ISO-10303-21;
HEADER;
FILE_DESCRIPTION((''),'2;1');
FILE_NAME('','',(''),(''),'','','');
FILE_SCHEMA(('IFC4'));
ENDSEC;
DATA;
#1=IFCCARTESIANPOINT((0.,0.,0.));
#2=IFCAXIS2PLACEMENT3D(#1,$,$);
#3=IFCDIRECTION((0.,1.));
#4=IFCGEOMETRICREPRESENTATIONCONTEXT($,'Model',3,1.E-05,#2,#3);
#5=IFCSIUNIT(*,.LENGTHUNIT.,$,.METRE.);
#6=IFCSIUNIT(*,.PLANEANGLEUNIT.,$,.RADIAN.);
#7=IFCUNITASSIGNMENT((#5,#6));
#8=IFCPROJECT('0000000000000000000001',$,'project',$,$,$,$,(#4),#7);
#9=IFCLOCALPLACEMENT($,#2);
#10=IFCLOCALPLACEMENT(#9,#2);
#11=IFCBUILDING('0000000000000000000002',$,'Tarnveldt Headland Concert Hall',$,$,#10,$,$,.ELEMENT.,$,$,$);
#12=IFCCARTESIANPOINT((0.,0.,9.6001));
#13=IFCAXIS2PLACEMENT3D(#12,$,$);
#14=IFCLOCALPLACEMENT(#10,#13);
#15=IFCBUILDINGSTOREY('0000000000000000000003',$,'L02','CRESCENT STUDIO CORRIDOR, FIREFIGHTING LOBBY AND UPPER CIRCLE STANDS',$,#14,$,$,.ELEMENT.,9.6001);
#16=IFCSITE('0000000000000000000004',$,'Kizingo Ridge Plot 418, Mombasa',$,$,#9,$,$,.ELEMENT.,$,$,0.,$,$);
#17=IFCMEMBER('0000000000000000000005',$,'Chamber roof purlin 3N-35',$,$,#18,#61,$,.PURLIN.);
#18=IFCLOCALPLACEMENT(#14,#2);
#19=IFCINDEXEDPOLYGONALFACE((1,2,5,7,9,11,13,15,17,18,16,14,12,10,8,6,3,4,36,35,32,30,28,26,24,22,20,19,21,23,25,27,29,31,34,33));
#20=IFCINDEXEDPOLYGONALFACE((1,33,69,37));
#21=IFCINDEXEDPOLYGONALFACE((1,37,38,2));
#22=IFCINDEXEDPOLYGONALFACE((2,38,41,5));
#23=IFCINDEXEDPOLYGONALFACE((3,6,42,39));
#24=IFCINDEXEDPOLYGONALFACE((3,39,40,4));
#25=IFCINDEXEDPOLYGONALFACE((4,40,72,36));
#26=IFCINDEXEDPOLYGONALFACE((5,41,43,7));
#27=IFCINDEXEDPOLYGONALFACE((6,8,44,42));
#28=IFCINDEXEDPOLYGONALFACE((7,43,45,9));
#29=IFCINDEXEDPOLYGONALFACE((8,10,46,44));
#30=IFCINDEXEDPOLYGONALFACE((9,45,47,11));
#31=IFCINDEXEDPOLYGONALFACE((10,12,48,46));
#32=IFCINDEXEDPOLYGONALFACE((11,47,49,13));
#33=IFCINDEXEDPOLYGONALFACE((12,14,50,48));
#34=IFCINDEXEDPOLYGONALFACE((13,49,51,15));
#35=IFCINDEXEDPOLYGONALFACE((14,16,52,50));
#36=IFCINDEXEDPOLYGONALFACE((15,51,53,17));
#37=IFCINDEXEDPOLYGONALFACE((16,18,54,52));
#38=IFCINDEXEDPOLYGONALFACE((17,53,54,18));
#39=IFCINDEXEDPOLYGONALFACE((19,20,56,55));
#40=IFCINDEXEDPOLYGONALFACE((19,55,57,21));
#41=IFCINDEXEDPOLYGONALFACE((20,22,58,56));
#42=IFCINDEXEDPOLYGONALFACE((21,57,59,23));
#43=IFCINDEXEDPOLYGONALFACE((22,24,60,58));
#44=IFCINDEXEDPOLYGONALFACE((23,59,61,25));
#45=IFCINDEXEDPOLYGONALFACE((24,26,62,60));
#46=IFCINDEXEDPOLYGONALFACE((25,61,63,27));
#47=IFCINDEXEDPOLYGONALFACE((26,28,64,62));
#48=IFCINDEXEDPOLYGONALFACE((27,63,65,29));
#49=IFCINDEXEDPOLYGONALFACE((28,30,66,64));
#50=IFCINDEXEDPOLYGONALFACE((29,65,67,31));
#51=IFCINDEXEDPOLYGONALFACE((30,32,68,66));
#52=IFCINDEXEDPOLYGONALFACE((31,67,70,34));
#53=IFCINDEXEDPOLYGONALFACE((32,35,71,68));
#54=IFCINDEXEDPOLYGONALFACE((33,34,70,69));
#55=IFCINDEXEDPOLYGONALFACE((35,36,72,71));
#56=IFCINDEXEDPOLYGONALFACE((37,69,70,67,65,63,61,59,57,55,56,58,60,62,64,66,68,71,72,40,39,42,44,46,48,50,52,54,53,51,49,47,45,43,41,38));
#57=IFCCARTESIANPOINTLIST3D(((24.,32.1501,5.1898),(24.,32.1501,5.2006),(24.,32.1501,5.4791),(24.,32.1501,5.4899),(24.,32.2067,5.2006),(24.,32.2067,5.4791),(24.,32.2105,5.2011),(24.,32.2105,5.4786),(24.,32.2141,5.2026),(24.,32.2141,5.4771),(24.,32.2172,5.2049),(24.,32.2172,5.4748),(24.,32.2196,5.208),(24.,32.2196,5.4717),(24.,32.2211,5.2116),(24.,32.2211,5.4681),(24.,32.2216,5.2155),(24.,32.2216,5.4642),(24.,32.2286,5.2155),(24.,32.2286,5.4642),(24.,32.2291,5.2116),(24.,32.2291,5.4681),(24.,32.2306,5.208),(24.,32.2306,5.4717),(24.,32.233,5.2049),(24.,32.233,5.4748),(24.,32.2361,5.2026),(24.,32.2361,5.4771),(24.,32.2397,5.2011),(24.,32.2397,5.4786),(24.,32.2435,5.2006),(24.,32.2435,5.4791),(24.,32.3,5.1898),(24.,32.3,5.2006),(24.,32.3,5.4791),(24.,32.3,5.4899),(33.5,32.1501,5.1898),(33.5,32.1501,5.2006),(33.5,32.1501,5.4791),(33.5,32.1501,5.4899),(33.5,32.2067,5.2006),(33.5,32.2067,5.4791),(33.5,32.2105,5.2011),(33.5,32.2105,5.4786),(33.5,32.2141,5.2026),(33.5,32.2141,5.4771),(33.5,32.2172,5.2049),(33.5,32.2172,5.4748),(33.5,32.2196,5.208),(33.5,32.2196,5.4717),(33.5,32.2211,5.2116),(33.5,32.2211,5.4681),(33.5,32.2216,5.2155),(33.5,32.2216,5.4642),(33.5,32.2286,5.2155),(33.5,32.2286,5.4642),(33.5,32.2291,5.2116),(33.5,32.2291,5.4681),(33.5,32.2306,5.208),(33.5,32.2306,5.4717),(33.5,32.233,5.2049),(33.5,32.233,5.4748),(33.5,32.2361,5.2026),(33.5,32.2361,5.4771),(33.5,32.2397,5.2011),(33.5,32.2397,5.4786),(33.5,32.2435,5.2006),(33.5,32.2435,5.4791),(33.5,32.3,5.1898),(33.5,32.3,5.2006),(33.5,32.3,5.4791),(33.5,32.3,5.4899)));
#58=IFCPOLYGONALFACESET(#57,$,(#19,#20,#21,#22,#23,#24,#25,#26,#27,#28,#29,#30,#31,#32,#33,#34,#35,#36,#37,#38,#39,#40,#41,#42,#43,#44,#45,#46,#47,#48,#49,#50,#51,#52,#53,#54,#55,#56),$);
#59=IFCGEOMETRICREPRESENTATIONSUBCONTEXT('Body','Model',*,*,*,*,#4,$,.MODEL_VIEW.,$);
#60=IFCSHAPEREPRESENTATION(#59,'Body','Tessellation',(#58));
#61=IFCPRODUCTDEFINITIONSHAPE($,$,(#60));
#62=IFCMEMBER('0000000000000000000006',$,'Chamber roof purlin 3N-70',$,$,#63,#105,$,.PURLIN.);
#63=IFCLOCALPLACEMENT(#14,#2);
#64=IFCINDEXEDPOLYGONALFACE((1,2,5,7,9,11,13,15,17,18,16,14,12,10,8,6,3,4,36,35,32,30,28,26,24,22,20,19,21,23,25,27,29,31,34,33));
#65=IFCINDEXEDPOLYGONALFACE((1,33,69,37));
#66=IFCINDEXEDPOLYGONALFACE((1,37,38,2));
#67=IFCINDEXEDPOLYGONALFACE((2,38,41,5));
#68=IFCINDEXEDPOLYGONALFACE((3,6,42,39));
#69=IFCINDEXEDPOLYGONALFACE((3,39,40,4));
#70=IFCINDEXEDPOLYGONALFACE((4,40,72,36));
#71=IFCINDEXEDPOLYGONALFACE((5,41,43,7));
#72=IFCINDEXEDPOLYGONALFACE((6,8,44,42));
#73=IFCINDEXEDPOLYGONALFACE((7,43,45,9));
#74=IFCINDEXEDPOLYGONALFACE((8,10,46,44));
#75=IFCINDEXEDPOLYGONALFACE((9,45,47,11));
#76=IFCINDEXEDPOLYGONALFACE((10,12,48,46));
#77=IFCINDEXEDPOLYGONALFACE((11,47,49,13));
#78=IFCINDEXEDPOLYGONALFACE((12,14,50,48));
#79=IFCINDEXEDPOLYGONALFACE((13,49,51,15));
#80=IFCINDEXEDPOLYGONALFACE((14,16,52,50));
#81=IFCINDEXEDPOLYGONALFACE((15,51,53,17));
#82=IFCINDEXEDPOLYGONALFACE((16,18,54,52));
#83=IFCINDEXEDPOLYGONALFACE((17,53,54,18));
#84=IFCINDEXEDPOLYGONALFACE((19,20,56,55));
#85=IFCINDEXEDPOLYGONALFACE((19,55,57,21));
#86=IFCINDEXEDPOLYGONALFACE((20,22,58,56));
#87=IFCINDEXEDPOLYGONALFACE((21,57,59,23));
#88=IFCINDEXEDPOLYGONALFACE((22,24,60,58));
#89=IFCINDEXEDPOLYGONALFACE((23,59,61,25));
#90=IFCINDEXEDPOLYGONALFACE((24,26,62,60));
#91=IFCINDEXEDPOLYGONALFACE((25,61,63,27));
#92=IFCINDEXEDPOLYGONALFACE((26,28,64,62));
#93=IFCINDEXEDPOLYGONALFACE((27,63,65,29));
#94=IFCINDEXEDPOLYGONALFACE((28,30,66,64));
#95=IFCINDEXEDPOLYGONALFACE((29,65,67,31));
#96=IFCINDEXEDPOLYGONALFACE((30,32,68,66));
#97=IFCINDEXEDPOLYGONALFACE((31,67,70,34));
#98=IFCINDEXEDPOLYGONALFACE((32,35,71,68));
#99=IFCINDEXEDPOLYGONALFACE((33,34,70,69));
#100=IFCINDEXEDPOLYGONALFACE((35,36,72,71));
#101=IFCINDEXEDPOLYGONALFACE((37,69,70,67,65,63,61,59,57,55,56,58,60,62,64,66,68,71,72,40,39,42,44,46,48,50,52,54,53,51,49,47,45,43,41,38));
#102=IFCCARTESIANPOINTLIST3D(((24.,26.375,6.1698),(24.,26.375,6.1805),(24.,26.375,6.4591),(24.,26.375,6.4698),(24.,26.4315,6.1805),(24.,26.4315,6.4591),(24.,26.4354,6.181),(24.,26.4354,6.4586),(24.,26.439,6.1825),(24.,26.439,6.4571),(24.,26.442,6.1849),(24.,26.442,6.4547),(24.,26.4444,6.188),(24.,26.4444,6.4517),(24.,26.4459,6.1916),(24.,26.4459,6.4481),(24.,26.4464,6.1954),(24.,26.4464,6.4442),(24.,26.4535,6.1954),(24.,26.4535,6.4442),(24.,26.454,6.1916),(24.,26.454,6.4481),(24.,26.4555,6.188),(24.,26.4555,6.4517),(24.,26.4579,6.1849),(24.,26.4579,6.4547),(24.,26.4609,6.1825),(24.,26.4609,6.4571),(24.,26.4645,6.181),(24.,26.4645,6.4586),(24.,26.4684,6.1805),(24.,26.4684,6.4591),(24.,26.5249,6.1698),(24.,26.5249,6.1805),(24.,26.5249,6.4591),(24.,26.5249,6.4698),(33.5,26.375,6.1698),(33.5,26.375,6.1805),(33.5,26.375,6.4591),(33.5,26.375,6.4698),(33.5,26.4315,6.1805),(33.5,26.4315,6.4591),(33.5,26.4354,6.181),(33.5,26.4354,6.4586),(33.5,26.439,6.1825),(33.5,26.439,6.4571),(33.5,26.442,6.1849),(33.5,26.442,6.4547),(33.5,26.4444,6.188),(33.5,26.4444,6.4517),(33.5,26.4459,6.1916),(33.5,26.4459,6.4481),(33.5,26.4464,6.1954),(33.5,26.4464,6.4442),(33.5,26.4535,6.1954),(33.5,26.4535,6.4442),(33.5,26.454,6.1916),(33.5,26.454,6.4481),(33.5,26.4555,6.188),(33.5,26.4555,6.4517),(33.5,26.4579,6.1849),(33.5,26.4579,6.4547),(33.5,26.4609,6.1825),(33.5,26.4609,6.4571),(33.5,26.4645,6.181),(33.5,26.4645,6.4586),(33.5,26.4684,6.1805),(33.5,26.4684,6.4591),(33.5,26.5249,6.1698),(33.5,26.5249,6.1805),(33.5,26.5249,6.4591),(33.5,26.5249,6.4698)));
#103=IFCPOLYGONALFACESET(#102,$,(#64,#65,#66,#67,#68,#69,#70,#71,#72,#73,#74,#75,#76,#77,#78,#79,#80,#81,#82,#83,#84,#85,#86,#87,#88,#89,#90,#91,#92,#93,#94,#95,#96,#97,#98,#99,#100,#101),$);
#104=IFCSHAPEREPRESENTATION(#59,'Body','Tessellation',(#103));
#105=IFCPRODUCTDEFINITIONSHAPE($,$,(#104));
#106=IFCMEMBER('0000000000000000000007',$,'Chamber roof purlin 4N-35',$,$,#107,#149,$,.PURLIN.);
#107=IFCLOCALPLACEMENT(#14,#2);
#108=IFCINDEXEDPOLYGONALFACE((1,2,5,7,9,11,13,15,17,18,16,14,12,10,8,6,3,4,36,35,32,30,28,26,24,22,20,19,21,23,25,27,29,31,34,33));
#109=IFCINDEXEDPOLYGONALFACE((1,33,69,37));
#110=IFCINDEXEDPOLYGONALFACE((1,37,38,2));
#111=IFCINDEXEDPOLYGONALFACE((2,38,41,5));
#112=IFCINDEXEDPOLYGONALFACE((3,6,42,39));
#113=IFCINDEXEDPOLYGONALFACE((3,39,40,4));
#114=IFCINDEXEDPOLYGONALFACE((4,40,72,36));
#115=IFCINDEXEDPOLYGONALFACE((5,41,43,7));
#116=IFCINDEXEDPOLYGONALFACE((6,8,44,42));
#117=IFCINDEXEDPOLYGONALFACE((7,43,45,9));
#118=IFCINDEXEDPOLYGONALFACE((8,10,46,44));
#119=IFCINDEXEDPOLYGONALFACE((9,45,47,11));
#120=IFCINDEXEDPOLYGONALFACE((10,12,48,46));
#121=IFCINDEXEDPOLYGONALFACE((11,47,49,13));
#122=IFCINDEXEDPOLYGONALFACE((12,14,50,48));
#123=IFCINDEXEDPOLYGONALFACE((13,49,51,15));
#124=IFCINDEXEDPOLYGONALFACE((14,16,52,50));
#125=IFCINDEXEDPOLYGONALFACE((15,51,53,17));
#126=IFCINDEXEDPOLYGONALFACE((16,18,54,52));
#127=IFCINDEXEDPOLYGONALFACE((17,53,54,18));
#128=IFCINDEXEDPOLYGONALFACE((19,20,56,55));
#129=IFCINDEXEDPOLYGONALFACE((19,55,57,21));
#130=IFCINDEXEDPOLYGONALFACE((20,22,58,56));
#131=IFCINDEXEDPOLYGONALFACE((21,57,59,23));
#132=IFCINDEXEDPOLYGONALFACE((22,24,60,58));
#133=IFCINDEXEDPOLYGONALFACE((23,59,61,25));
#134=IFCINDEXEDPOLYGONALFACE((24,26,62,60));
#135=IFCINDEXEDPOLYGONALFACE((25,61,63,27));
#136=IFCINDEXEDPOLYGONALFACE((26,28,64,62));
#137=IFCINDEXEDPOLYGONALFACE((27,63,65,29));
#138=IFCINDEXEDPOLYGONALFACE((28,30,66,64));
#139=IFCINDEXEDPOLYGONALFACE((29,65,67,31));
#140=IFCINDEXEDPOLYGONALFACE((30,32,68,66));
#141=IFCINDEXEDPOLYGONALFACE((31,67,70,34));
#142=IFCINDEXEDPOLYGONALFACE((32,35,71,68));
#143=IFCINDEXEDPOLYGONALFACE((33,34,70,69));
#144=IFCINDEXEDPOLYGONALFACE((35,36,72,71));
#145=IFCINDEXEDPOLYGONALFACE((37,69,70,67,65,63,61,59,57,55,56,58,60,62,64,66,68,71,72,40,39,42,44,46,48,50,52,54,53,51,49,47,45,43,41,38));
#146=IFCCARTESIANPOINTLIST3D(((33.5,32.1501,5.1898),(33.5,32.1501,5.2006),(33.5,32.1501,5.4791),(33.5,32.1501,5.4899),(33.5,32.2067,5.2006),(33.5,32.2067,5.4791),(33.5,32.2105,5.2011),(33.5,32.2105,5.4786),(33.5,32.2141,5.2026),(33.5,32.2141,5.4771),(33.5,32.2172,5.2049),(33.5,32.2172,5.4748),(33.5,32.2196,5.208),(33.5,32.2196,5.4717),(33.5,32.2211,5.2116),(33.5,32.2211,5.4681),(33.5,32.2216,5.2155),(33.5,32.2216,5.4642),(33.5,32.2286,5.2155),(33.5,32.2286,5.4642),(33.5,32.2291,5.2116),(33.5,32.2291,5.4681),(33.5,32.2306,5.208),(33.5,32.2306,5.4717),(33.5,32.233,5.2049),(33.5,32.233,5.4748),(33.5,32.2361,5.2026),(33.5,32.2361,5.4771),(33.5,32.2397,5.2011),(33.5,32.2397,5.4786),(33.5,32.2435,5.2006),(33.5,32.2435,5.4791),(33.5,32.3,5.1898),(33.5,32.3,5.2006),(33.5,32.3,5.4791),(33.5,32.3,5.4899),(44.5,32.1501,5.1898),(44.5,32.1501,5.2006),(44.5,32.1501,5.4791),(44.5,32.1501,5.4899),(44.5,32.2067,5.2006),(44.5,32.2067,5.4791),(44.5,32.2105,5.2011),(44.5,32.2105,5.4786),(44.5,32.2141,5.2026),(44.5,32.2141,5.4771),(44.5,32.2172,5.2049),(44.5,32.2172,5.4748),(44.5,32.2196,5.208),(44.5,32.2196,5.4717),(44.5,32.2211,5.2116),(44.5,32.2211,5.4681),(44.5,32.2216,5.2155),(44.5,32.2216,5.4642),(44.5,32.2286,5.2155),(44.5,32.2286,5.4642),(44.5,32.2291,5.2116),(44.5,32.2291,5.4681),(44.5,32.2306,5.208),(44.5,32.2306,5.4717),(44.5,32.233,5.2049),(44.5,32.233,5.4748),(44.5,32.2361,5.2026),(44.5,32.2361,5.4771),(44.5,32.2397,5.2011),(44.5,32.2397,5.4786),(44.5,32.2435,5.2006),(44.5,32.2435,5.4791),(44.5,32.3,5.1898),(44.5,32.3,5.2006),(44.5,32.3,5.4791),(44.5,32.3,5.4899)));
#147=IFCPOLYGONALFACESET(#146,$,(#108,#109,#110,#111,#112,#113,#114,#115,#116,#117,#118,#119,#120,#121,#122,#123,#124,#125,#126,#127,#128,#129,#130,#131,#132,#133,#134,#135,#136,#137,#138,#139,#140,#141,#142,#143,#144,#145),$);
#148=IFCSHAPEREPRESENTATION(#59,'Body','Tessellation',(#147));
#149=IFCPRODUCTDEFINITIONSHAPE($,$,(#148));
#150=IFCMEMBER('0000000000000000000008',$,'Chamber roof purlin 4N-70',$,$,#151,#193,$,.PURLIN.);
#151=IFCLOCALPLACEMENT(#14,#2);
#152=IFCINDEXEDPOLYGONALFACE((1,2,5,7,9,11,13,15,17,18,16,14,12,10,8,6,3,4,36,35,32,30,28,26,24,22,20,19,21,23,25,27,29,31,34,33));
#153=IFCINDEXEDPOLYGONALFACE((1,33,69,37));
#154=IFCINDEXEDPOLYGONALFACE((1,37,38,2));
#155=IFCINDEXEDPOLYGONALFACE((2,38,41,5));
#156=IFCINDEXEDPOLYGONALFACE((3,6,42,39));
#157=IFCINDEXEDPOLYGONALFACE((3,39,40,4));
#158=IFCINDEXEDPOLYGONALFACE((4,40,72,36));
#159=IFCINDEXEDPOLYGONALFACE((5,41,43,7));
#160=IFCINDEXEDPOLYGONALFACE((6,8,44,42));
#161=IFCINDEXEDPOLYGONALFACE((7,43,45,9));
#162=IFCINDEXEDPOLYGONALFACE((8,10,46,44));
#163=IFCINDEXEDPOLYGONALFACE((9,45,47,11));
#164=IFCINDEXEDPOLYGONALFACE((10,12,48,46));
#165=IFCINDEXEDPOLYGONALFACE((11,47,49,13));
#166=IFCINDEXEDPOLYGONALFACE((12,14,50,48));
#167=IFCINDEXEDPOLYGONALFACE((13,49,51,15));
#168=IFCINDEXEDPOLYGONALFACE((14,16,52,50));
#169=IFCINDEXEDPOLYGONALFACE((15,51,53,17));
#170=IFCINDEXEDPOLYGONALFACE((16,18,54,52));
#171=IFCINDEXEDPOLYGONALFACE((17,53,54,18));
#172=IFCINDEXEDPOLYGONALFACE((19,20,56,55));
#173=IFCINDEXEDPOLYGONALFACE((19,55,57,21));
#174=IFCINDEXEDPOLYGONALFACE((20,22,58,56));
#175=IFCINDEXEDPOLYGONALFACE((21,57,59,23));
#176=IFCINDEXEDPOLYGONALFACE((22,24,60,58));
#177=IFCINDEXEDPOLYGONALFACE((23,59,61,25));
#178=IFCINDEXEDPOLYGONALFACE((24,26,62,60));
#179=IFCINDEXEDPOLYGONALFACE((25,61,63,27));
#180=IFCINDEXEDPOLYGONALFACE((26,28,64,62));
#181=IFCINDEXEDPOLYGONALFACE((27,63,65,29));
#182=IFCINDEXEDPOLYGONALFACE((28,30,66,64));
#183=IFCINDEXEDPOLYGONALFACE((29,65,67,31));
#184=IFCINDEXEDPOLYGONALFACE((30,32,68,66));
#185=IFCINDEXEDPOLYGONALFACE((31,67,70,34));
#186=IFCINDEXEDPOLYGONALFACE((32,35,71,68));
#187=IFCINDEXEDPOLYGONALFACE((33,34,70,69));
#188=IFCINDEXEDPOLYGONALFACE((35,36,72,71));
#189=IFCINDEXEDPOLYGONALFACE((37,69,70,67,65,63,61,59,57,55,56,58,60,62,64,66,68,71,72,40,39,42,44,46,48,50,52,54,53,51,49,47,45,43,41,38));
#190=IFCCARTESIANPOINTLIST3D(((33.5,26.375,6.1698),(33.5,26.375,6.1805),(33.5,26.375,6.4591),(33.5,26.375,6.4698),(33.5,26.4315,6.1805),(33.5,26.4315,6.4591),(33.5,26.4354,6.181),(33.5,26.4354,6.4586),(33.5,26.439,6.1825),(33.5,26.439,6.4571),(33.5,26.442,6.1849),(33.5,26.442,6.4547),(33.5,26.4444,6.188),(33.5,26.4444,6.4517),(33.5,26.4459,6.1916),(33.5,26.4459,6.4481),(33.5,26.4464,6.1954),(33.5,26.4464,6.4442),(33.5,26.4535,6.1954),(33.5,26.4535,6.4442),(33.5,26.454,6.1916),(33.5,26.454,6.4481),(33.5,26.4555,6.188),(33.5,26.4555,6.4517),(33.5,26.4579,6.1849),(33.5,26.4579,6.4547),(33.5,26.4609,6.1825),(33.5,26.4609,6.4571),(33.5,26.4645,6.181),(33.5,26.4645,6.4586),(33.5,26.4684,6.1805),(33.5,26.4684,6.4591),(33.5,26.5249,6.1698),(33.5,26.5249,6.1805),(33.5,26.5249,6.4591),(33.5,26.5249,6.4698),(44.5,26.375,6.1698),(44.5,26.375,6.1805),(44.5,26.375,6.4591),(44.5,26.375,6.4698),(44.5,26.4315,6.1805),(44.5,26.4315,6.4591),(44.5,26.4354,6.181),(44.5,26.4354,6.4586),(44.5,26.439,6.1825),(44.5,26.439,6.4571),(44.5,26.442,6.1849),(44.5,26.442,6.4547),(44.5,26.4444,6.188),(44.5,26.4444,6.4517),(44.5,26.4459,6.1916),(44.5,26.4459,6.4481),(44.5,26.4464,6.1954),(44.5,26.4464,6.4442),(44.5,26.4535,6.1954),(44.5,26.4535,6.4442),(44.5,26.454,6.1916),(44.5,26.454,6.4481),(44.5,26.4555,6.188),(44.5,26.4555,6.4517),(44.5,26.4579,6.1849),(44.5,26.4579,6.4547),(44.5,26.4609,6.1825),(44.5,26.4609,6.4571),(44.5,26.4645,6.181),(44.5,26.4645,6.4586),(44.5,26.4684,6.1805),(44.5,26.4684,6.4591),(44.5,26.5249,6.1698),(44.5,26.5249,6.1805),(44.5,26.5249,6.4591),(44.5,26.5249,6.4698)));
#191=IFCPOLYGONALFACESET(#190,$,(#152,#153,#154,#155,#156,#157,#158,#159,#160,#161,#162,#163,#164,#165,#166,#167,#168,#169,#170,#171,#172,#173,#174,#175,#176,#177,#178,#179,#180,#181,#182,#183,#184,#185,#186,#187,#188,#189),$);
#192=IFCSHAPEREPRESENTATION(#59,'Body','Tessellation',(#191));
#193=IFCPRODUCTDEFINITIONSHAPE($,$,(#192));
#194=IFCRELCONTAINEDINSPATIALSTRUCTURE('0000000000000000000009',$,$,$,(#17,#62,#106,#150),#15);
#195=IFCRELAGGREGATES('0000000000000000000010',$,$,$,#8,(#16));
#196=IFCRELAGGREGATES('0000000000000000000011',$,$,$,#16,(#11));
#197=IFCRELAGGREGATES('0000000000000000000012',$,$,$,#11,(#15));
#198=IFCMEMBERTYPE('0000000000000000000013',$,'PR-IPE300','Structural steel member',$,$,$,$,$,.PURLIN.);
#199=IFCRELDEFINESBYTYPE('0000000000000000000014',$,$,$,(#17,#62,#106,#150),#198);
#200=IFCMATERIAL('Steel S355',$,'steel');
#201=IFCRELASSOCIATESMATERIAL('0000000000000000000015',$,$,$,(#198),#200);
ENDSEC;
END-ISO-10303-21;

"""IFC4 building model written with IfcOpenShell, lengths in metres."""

from ifc_helpers import new_model, si_unit, direction, frame, origin, origin_2d, place, context, subcontext, project, spatial, i_section, extrude, material, material_profile, profile_set, type_object, element, save


model = new_model("IFC4")

# Units and contexts
model_context = context("Model", 3, precision=1e-05, world=origin(), true_north=direction((0.0, 1.0)))
body_context = subcontext(model_context, "Body", "Model", "MODEL_VIEW")
ifc_project = project(units=[si_unit("LENGTHUNIT", "METRE"), si_unit("PLANEANGLEUNIT", "RADIAN")], contexts=[model_context])

# Site, building, storey
site_placement = place(None, origin())
site = spatial("IfcSite", under=ifc_project, at=site_placement, Name="Kizingo Ridge Plot 418, Mombasa", CompositionType="ELEMENT", RefElevation=0.0)
building_placement = place(site_placement, origin())
building = spatial("IfcBuilding", under=site, at=building_placement, Name="Tarnveldt Headland Concert Hall", CompositionType="ELEMENT")
storey_placement = place(building_placement, frame((0.0, 0.0, 9.6001)))
storey = spatial("IfcBuildingStorey", under=building, at=storey_placement, Name="L02", Description="CRESCENT STUDIO CORRIDOR, FIREFIGHTING LOBBY AND UPPER CIRCLE STANDS", CompositionType="ELEMENT", Elevation=9.6001)

# Shared definitions
ifc_material_1 = material(Name="Steel S355", Category="steel")

# Members
ifc_material_profile_1 = material_profile(ifc_material_1, i_section(OverallWidth=0.1499, OverallDepth=0.3, WebThickness=0.0071, FlangeThickness=0.0107, FilletRadius=0.0149, at=origin_2d()), Name="IPE300", Category="steel")
ifc_profile_set_1 = profile_set([ifc_material_profile_1], Name="Steel S355")
member_type = type_object("IfcMemberType", Name="PR-IPE300", Description="Structural steel member", PredefinedType="PURLIN", material=ifc_profile_set_1)
for number, where, z_axis, x_axis, name in (
    (1, (24.0, 32.2251, 5.3398), (1.0, 0.0, 0.0), (0.0, 1.0, 0.0), "Chamber roof purlin 3N-35"),
    (2, (24.0, 26.45, 6.3198), (1.0, 0.0, 0.0), (0.0, 1.0, 0.0), "Chamber roof purlin 3N-70"),
):
    element("IfcMember", number, at=place(storey_placement, frame(where, z_axis=z_axis, x_axis=x_axis)), inside=storey, type_object=member_type, Name=name, PredefinedType="PURLIN", context=body_context, shape_type="SweptSolid", body=[
        extrude(i_section(OverallWidth=0.1499, OverallDepth=0.3, WebThickness=0.0071, FlangeThickness=0.0107, FilletRadius=0.0149, at=origin_2d()), origin(), (0.0, 0.0, 1.0), 9.5),
    ])
for number, where, z_axis, x_axis, name in (
    (3, (33.5, 32.2251, 5.3398), (1.0, 0.0, 0.0), (0.0, 1.0, 0.0), "Chamber roof purlin 4N-35"),
    (4, (33.5, 26.45, 6.3198), (1.0, 0.0, 0.0), (0.0, 1.0, 0.0), "Chamber roof purlin 4N-70"),
):
    element("IfcMember", number, at=place(storey_placement, frame(where, z_axis=z_axis, x_axis=x_axis)), inside=storey, type_object=member_type, Name=name, PredefinedType="PURLIN", context=body_context, shape_type="SweptSolid", body=[
        extrude(i_section(OverallWidth=0.1499, OverallDepth=0.3, WebThickness=0.0071, FlangeThickness=0.0107, FilletRadius=0.0149, at=origin_2d()), origin(), (0.0, 0.0, 1.0), 11.0),
    ])

save(model, "model.ifc")
